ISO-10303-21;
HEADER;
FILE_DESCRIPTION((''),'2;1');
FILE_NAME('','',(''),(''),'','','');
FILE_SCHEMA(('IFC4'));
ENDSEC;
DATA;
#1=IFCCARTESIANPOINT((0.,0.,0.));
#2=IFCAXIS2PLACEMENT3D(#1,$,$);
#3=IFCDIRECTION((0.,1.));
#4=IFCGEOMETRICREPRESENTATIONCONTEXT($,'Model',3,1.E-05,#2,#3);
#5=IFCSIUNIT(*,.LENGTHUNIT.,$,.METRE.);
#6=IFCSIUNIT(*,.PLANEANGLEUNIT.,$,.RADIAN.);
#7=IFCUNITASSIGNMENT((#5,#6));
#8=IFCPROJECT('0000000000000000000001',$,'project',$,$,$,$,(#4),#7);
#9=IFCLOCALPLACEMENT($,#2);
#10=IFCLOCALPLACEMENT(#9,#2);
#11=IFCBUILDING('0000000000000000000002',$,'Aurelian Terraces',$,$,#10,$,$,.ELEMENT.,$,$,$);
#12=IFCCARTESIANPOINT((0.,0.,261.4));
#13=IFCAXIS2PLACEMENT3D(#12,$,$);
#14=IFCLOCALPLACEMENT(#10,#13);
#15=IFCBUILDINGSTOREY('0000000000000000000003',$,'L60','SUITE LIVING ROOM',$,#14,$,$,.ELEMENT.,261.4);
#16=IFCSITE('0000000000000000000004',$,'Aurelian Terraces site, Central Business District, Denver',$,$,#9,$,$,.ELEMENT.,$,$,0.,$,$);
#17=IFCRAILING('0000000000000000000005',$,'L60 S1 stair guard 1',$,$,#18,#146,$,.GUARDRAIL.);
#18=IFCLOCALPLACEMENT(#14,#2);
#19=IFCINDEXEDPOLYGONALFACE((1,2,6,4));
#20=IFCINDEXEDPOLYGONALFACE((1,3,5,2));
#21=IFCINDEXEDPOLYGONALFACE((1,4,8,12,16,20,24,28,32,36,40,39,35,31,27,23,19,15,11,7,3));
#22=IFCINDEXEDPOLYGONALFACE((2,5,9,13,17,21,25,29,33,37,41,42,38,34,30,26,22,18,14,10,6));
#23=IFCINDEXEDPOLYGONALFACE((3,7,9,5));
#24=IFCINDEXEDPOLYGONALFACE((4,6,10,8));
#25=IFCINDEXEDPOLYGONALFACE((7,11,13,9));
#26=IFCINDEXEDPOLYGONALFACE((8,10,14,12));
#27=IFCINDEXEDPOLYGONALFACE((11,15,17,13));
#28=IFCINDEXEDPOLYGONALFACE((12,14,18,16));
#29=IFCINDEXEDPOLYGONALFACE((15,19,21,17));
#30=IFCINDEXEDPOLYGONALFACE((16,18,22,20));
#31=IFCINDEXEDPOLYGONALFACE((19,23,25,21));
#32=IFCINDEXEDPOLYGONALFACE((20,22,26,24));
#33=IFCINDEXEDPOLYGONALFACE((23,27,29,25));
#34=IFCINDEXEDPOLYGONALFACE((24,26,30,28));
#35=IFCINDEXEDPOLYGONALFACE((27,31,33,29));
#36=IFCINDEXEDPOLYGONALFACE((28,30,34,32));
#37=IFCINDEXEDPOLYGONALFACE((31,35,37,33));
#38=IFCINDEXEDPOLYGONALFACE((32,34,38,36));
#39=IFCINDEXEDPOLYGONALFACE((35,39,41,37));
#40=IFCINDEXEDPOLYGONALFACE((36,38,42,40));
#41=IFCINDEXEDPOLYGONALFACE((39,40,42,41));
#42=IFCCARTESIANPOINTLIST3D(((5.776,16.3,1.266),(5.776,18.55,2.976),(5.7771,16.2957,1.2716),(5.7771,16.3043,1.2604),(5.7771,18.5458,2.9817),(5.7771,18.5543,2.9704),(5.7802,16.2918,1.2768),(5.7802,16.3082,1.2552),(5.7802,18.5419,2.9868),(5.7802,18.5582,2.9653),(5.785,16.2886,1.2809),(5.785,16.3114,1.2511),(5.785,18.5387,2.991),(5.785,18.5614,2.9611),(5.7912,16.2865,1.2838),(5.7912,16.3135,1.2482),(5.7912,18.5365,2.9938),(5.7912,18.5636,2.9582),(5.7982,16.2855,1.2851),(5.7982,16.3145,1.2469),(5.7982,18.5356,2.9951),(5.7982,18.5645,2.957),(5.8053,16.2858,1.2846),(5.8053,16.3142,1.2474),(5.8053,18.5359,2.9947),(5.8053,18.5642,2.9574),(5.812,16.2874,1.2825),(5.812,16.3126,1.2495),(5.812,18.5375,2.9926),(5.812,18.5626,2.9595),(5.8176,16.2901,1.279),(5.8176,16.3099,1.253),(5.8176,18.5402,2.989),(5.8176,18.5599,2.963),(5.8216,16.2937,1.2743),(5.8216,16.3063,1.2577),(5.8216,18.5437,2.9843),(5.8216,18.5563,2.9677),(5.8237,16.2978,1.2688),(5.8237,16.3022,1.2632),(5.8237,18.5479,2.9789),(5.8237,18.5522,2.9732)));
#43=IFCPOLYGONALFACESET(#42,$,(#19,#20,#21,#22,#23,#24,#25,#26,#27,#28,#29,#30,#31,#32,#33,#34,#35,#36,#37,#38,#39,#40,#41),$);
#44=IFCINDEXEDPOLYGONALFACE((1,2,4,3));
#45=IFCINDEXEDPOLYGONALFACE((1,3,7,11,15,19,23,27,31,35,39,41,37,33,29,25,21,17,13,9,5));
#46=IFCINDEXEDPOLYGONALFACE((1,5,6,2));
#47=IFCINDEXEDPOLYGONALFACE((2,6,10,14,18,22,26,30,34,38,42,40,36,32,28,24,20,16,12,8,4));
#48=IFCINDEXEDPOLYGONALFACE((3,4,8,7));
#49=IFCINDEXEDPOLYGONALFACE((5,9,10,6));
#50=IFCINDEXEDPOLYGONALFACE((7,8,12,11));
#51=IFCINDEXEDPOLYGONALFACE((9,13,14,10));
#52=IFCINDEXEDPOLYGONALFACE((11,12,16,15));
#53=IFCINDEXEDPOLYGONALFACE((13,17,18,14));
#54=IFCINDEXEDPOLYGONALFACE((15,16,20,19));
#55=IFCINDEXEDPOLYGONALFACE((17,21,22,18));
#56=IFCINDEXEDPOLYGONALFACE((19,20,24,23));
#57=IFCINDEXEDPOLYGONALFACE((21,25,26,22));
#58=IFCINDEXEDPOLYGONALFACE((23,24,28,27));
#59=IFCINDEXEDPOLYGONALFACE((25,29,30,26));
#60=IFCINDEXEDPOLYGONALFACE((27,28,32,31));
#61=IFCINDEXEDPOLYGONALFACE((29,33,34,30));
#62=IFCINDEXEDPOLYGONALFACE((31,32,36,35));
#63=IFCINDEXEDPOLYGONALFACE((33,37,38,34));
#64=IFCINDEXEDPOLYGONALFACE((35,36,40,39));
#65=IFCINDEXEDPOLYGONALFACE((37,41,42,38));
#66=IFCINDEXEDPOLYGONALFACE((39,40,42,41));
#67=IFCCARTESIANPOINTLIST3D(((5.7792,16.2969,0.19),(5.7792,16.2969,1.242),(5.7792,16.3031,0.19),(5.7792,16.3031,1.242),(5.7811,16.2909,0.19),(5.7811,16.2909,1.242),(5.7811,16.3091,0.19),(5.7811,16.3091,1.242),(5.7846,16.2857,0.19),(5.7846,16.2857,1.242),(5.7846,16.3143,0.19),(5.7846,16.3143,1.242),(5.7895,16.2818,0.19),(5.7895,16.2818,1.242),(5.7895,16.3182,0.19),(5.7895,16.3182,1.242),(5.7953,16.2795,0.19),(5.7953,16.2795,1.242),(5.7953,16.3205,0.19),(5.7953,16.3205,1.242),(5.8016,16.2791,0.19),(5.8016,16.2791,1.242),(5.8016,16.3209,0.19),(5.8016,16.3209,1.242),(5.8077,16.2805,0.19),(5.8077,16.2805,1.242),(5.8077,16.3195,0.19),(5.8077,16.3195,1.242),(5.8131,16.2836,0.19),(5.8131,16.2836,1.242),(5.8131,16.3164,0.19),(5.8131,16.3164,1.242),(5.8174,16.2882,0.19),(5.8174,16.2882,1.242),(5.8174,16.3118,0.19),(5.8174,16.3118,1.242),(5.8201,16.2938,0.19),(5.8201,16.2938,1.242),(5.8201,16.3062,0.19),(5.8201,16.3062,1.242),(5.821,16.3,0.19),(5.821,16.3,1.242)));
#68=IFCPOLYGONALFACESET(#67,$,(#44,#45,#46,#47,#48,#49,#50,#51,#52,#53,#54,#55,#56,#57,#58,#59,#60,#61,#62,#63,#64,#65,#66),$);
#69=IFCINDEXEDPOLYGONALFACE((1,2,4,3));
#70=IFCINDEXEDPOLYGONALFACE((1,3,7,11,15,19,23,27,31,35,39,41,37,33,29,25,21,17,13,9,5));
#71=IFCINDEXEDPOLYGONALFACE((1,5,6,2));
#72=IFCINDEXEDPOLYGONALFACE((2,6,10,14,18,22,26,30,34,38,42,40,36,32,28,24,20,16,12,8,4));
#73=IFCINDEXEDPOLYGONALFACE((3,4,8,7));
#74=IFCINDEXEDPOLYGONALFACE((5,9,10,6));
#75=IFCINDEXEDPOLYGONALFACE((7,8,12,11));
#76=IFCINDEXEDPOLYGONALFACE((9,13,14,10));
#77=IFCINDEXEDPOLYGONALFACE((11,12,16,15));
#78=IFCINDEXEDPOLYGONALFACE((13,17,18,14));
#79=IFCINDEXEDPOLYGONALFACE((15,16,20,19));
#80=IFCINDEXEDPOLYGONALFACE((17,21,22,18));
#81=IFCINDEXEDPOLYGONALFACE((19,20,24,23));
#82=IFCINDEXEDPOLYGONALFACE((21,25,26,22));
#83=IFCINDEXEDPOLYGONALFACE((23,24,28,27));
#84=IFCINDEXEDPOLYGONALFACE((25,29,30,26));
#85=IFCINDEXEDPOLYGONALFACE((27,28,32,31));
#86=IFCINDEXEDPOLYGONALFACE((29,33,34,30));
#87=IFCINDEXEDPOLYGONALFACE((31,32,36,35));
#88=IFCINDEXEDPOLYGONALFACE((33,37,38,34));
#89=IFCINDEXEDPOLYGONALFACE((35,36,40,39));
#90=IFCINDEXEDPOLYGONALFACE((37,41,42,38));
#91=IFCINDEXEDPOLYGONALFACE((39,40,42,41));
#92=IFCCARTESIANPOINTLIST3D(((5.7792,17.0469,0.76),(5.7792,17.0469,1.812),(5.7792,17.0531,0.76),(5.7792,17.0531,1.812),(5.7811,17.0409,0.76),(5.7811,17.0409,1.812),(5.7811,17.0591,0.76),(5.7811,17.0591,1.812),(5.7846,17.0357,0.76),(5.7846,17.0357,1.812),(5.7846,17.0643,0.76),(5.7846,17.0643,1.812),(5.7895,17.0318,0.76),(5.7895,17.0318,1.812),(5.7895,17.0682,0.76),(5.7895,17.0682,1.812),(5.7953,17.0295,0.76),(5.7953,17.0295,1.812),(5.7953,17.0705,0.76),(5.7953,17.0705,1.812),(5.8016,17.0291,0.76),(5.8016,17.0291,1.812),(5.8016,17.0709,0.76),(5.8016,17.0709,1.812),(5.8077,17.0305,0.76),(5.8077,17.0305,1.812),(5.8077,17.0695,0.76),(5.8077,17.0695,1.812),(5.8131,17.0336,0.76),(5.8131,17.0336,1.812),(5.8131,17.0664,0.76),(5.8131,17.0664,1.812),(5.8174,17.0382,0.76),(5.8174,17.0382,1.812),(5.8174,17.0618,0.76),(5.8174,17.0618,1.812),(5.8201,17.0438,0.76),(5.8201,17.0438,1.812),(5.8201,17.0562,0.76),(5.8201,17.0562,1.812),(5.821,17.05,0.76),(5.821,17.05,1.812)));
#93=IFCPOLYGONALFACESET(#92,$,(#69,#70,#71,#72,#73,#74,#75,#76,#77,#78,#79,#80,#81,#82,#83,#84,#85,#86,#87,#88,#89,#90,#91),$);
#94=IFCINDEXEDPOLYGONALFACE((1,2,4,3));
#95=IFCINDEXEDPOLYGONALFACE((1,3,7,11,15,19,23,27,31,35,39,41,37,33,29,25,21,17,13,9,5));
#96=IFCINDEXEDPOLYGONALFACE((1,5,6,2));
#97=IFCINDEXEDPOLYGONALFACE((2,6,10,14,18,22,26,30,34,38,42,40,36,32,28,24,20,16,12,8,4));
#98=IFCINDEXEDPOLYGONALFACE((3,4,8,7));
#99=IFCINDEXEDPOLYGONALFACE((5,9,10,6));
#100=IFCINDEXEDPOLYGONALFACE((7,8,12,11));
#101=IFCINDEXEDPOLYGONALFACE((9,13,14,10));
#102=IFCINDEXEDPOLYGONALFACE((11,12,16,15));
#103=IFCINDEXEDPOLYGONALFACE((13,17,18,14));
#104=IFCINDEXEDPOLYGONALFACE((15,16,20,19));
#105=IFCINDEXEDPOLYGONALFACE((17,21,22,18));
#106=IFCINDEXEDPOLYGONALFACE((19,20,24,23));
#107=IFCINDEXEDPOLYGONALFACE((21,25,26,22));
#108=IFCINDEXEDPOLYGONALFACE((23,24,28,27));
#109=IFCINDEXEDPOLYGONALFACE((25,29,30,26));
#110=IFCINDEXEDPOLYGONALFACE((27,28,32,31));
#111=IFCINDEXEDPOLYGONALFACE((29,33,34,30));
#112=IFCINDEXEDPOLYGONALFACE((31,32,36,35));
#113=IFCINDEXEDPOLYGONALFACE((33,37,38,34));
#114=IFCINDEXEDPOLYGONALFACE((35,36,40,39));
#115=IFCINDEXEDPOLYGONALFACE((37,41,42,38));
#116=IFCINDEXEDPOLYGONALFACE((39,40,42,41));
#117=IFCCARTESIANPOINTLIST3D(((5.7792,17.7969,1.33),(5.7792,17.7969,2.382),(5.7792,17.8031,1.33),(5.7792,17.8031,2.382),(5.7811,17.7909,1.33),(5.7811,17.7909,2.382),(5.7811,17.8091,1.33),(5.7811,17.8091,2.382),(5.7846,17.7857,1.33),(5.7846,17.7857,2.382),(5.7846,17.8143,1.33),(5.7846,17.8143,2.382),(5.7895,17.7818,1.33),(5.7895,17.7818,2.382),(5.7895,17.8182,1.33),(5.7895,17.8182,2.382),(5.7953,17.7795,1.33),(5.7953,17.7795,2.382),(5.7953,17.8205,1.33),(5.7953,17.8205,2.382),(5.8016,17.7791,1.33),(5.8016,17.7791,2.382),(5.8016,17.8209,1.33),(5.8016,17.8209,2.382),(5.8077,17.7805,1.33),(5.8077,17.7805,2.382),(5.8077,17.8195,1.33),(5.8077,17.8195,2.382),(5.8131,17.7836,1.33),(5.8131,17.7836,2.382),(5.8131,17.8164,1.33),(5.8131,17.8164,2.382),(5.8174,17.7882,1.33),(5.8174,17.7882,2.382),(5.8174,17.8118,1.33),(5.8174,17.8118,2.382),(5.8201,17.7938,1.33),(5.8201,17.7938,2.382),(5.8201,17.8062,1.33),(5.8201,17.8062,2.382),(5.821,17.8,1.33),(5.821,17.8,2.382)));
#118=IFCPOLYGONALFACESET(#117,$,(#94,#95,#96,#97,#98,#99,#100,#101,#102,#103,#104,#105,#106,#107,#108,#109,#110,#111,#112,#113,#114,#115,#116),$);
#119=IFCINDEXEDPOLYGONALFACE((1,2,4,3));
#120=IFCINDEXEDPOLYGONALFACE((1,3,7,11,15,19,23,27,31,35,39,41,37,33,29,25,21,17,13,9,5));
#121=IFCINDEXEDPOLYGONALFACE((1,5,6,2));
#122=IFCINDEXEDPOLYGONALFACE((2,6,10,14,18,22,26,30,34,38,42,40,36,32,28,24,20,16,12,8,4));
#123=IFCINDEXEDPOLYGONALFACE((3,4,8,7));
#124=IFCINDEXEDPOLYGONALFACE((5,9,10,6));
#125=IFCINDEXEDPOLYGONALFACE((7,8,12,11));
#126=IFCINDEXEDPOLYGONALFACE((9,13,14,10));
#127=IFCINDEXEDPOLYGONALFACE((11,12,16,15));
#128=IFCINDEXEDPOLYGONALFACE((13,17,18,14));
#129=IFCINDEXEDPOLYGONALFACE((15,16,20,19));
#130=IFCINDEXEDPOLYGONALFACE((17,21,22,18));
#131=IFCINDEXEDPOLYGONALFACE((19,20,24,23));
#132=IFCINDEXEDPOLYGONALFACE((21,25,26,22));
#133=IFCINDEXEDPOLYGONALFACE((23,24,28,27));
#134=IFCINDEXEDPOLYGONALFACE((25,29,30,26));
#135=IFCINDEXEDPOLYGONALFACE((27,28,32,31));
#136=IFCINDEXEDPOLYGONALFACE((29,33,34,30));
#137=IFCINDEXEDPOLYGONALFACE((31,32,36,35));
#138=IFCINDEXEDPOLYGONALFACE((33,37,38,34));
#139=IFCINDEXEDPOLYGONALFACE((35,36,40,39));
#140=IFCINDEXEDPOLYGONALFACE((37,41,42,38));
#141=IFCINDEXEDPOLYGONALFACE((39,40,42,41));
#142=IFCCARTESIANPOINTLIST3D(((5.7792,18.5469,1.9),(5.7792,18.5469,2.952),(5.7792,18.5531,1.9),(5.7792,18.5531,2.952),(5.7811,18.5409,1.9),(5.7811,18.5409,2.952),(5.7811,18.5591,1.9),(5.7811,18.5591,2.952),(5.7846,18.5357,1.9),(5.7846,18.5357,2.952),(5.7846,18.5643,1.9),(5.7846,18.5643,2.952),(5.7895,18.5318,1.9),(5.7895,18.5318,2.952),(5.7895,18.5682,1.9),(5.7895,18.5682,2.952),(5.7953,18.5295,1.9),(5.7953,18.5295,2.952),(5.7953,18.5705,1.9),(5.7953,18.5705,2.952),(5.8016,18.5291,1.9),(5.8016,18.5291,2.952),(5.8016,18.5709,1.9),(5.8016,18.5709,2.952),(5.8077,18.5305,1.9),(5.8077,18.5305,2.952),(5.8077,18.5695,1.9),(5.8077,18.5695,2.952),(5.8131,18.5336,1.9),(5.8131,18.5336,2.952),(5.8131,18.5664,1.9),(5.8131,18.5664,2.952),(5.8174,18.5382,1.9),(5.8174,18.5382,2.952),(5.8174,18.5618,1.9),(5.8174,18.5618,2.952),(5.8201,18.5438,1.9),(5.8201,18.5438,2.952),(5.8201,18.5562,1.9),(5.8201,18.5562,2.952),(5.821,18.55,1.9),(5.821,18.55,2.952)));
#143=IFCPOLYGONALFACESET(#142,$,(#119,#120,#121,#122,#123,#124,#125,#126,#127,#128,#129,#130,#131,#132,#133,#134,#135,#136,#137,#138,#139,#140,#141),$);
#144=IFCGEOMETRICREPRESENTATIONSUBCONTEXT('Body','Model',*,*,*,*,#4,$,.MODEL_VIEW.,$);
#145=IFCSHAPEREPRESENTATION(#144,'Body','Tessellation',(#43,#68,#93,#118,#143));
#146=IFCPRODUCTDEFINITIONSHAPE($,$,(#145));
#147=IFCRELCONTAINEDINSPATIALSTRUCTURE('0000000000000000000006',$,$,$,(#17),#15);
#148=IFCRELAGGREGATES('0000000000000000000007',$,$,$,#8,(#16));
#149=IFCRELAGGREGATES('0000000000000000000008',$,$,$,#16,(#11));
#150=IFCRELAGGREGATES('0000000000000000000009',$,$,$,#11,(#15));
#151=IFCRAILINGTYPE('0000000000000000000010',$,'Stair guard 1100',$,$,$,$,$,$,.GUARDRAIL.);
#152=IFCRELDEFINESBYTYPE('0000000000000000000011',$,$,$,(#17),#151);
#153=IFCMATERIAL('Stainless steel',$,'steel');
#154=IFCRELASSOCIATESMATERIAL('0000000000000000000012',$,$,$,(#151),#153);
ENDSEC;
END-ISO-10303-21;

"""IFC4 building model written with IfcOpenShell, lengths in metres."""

from ifc_helpers import new_model, si_unit, direction, frame, origin, origin_2d, place, context, subcontext, project, spatial, circle, extrude, source, transform, mapped, material, type_object, element, save


model = new_model("IFC4")

# Units and contexts
model_context = context("Model", 3, precision=1e-05, world=origin(), true_north=direction((0.0, 1.0)))
body_context = subcontext(model_context, "Body", "Model", "MODEL_VIEW")
ifc_project = project(units=[si_unit("LENGTHUNIT", "METRE"), si_unit("PLANEANGLEUNIT", "RADIAN")], contexts=[model_context])

# Site, building, storey
site_placement = place(None, origin())
site = spatial("IfcSite", under=ifc_project, at=site_placement, Name="Aurelian Terraces site, Central Business District, Denver", CompositionType="ELEMENT", RefElevation=0.0)
building_placement = place(site_placement, origin())
building = spatial("IfcBuilding", under=site, at=building_placement, Name="Aurelian Terraces", CompositionType="ELEMENT")
storey_placement = place(building_placement, frame((0.0, 0.0, 261.4)))
storey = spatial("IfcBuildingStorey", under=building, at=storey_placement, Name="L60", Description="SUITE LIVING ROOM", CompositionType="ELEMENT", Elevation=261.4)

# Railing
ifc_material_1 = material(Name="Stainless steel", Category="steel")
railing_type_1 = type_object("IfcRailingType", Name="Stair guard 1100", PredefinedType="GUARDRAIL", material=ifc_material_1)
shared_shape_1 = source(origin(), body_context, "Body", "SweptSolid", [
    extrude(circle(Radius=0.024, at=origin_2d()), frame((0.0, 0.0, 1.076), z_axis=(0.0, 0.796162, 0.605083), x_axis=(-1.0, 0.0, 0.0)), (0.0, 0.0, 1.0), 2.8261),
    extrude(circle(Radius=0.021, at=origin_2d()), origin(), (0.0, 0.0, 1.0), 1.052),
    extrude(circle(Radius=0.021, at=origin_2d()), frame((0.0, 0.75, 0.57)), (0.0, 0.0, 1.0), 1.052),
    extrude(circle(Radius=0.021, at=origin_2d()), frame((0.0, 1.5, 1.14)), (0.0, 0.0, 1.0), 1.052),
    extrude(circle(Radius=0.021, at=origin_2d()), frame((0.0, 2.25, 1.71)), (0.0, 0.0, 1.0), 1.052),
])
railing_1_placement = place(storey_placement, frame((5.8, 16.3, 0.19)))
element("IfcRailing", 1, at=railing_1_placement, inside=storey, type_object=railing_type_1, Name="L60 S1 stair guard 1", PredefinedType="GUARDRAIL", context=body_context, shape_type="MappedRepresentation", body=[
    mapped(shared_shape_1, transform((0.0, 0.0, 0.0), scale=1.0)),
])

save(model, "model.ifc")
